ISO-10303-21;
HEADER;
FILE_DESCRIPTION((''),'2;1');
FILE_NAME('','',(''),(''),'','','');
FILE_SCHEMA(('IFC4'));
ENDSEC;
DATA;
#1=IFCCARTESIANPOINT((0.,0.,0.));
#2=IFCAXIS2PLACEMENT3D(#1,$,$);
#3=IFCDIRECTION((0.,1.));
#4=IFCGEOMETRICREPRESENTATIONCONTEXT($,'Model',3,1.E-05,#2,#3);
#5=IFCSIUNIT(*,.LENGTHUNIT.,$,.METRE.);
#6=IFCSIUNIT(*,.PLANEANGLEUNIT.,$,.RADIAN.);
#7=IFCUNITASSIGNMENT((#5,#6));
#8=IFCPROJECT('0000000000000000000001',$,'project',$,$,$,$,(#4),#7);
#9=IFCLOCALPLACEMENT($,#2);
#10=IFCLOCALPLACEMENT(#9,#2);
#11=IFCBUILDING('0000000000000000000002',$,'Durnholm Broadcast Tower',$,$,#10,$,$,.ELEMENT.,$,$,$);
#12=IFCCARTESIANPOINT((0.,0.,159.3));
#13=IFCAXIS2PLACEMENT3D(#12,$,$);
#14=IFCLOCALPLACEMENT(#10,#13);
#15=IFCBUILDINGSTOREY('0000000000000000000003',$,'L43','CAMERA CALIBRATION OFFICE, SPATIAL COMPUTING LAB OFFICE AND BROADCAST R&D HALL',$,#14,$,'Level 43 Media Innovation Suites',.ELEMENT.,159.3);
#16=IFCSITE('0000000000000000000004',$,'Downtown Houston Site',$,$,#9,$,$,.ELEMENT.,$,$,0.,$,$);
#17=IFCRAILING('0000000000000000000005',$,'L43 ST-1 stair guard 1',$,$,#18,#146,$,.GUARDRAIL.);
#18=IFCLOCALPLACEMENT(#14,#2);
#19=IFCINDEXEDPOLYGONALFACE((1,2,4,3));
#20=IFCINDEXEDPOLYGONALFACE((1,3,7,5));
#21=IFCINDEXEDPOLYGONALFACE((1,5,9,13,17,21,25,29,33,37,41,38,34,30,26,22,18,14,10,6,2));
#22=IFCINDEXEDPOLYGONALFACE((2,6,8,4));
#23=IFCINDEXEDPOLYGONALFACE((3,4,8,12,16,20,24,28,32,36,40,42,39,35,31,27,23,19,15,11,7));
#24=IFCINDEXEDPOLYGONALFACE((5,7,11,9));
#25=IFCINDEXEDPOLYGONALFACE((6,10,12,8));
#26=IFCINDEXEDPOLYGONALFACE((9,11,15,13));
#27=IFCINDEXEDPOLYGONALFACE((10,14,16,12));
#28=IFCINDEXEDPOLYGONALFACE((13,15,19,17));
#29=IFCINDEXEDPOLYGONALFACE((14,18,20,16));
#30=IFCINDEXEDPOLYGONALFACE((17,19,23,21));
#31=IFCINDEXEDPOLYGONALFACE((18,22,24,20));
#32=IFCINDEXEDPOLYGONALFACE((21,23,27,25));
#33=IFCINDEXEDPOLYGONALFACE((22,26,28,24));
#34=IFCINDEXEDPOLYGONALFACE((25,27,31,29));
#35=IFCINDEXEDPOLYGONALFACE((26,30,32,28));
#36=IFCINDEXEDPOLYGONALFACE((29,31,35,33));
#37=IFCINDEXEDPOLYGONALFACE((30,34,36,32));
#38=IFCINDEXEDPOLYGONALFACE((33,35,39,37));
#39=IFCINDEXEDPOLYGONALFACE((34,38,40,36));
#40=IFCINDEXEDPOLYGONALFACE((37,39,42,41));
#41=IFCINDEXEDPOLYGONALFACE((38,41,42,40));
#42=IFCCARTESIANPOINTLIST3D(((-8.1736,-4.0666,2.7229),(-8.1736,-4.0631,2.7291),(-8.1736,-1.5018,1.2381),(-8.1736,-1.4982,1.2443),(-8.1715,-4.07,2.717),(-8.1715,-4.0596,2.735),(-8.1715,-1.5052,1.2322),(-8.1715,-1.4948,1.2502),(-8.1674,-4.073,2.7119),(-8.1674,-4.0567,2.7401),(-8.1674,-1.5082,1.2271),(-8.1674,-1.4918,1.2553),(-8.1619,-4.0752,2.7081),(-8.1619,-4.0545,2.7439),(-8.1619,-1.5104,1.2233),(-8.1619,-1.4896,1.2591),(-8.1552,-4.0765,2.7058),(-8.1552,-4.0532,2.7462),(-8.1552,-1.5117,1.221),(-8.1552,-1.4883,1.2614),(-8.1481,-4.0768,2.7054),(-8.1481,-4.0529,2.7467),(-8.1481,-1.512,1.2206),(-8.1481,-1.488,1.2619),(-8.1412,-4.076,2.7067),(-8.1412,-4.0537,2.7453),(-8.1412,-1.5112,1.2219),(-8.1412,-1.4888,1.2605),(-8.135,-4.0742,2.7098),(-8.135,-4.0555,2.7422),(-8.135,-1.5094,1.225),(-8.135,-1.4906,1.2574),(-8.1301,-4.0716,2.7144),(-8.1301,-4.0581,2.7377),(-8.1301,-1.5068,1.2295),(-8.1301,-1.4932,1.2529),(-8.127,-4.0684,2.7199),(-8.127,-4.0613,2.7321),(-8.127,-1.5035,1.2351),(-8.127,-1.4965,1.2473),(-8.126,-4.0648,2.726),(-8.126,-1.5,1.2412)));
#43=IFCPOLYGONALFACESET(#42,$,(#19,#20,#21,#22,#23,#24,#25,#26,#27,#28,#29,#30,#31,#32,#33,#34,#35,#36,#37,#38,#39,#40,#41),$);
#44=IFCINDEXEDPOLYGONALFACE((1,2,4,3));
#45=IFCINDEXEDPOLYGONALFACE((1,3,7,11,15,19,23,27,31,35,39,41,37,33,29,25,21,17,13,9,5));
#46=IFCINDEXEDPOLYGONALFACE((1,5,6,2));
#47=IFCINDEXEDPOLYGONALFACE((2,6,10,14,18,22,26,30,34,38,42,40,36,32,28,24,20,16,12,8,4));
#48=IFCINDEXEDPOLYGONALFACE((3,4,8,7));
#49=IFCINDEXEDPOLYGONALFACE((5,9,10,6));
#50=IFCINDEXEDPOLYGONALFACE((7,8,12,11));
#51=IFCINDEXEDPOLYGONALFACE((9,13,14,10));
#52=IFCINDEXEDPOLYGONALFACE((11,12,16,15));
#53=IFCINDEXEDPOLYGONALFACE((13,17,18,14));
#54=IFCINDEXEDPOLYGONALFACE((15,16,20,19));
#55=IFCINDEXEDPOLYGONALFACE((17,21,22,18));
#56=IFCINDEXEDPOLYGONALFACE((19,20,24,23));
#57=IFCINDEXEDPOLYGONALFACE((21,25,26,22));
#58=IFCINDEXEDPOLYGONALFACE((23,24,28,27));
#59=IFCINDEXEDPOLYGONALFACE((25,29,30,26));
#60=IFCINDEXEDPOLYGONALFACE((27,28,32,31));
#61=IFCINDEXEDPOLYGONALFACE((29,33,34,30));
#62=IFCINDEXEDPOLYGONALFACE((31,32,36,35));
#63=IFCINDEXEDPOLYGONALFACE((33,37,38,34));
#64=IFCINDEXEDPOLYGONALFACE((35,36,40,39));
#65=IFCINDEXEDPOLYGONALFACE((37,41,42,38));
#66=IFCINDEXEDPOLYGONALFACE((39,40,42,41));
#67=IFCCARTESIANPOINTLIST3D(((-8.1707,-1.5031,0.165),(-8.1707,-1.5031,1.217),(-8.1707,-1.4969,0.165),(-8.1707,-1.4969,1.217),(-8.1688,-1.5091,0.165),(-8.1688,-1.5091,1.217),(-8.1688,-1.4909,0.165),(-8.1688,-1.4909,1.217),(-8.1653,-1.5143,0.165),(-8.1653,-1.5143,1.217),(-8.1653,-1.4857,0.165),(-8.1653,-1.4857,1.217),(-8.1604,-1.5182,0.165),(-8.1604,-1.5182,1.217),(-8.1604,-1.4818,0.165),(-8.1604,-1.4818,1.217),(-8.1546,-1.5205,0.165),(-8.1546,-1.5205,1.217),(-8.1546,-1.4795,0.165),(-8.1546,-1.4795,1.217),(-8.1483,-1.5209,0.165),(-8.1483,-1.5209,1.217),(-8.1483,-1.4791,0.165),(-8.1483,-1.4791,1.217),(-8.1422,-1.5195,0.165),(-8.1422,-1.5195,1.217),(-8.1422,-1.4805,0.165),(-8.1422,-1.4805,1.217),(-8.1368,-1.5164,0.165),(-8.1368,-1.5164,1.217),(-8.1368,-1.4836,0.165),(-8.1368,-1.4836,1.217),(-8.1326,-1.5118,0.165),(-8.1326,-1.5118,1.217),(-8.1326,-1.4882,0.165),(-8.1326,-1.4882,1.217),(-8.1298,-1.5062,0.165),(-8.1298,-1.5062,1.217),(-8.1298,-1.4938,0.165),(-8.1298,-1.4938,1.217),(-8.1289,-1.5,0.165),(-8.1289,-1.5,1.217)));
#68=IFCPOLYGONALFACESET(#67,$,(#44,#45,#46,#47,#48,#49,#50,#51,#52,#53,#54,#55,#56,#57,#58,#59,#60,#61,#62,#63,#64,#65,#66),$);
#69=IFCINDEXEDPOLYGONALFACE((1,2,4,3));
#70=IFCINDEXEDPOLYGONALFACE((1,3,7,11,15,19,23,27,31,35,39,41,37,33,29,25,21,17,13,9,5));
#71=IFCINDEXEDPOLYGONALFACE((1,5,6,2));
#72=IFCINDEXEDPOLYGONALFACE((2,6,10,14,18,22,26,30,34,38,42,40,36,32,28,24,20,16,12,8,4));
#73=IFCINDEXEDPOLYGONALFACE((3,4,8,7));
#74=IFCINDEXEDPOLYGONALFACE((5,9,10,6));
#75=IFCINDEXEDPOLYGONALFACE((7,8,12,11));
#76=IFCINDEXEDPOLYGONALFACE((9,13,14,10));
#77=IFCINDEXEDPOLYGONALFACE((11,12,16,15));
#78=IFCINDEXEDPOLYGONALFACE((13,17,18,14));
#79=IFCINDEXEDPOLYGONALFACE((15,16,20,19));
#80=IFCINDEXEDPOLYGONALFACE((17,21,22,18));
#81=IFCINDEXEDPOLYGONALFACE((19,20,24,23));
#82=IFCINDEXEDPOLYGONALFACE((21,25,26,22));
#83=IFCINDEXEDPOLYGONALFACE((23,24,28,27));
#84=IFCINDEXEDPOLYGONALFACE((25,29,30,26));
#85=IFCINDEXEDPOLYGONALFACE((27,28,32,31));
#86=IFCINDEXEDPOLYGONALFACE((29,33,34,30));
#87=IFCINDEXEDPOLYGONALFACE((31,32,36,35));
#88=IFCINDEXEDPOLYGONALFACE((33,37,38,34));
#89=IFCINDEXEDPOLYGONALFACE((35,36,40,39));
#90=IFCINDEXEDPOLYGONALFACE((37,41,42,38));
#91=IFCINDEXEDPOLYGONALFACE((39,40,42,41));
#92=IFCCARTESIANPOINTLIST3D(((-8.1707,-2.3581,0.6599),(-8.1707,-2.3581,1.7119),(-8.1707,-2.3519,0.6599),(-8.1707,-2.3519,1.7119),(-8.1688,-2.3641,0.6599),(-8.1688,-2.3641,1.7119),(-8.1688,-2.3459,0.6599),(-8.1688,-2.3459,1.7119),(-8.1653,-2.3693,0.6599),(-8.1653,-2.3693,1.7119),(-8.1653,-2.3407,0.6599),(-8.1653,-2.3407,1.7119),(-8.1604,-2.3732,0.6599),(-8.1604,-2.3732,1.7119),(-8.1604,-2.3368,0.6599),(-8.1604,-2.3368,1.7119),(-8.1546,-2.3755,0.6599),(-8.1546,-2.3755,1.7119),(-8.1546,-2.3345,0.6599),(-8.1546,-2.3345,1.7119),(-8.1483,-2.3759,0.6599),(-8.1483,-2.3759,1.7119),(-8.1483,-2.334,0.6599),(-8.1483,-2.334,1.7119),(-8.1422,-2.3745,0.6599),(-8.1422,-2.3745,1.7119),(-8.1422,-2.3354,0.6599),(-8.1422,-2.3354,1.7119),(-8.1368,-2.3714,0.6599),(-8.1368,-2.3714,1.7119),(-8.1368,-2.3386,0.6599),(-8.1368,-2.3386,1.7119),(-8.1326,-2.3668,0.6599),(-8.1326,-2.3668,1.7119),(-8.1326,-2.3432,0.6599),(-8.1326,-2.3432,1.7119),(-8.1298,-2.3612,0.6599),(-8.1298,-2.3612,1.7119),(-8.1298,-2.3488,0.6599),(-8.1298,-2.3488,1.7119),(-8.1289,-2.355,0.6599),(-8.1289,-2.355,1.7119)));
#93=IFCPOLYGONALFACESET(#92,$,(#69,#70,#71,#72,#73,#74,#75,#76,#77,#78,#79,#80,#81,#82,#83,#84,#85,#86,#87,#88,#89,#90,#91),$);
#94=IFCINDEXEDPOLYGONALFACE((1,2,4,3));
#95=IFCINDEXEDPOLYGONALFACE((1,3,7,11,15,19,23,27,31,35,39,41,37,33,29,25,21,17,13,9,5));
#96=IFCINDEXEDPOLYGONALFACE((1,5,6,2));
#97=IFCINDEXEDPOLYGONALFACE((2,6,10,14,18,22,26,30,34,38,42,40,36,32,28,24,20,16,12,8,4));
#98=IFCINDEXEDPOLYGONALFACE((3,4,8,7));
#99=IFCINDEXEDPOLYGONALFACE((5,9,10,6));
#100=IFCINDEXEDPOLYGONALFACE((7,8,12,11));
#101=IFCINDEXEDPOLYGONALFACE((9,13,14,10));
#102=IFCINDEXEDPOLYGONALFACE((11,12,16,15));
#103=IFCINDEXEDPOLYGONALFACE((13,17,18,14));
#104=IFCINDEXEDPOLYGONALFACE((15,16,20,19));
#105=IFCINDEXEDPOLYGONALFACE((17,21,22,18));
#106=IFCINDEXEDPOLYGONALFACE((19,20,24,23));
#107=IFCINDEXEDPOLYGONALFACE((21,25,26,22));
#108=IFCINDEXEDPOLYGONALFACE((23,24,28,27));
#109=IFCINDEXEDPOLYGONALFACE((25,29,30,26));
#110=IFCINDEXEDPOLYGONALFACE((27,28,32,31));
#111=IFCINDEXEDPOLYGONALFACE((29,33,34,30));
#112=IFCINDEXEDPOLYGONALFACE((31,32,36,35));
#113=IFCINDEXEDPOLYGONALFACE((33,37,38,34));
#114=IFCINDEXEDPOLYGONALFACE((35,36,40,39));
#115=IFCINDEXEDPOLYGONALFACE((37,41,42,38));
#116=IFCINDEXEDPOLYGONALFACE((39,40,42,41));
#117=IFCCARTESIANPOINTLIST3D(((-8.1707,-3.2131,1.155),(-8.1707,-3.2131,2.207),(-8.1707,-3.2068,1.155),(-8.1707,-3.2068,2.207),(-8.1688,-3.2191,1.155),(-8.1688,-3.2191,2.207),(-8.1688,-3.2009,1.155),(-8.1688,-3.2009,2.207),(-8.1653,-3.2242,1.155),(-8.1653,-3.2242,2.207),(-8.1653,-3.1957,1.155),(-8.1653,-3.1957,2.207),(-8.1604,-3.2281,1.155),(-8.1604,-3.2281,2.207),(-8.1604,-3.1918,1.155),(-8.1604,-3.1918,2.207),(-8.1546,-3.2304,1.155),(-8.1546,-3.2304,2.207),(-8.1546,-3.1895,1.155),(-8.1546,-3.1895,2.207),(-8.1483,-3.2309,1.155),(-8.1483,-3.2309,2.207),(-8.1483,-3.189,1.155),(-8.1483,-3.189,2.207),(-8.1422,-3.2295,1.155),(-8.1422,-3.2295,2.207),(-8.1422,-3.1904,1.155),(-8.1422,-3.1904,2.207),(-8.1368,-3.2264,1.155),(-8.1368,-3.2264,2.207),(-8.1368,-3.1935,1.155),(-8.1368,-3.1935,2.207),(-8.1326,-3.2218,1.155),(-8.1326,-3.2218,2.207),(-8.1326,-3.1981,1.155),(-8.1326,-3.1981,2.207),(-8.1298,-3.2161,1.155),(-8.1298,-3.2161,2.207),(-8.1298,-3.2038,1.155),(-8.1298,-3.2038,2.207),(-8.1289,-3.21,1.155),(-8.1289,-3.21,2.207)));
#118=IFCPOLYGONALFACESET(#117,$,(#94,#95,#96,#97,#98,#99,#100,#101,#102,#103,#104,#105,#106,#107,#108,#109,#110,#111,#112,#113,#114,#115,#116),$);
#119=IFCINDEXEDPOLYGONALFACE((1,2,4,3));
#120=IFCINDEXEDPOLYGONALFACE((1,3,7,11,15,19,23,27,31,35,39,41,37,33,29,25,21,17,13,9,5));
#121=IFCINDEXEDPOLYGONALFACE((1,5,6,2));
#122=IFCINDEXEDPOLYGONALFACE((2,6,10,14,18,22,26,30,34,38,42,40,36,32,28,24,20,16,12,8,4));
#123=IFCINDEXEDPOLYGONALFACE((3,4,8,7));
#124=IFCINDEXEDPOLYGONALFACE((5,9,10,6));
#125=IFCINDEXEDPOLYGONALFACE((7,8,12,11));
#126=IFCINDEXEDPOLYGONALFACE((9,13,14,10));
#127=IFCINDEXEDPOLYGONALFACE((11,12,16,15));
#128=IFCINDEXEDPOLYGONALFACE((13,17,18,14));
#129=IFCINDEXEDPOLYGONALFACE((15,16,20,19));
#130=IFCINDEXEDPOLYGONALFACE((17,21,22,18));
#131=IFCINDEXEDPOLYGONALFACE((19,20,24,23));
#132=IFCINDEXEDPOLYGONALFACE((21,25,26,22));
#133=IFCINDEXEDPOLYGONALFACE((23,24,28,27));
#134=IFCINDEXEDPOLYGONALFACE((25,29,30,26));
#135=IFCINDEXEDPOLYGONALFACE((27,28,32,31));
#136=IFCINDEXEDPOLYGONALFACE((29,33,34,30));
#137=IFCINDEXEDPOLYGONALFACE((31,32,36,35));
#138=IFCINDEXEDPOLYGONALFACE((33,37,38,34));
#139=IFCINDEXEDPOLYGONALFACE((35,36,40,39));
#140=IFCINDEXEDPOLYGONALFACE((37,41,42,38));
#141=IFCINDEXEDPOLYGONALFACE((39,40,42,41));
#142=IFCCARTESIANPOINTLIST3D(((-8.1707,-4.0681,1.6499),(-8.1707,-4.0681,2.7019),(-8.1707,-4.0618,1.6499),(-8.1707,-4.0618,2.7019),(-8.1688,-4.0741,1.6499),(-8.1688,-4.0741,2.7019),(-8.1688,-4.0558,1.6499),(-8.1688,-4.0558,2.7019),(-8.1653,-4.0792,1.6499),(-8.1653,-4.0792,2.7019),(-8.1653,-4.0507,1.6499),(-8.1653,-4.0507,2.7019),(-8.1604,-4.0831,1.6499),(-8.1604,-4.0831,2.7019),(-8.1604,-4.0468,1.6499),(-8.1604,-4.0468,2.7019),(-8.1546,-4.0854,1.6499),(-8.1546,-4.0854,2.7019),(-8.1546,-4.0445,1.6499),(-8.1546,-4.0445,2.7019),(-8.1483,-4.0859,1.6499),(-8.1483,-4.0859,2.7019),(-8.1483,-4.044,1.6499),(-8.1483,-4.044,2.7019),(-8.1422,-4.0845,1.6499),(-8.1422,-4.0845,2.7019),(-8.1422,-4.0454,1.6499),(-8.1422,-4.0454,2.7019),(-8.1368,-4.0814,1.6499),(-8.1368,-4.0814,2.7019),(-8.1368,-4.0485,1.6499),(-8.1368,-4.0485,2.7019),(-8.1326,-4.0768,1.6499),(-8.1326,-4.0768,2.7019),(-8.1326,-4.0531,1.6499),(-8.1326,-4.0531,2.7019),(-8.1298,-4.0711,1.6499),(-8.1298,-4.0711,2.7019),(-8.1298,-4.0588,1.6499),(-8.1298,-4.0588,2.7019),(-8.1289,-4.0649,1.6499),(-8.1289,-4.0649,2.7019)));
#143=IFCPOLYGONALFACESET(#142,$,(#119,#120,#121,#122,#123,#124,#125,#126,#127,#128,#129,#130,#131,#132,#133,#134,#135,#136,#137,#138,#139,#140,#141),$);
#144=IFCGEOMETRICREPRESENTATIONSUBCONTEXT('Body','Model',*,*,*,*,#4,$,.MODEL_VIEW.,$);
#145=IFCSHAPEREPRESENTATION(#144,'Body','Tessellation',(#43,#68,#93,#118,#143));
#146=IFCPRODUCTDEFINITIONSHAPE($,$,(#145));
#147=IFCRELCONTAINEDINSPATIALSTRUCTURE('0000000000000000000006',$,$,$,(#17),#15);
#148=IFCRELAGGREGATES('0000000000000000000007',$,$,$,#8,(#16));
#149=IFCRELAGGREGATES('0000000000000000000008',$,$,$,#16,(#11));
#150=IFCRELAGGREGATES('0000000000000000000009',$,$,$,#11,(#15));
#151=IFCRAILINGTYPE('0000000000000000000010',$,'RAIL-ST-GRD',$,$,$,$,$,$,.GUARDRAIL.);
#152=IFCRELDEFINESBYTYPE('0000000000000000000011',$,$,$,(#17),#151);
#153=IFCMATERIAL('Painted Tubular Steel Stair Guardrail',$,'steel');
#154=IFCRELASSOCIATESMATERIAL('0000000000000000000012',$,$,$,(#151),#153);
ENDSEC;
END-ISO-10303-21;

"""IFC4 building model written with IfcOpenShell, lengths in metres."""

from ifc_helpers import new_model, si_unit, direction, frame, origin, origin_2d, place, context, subcontext, project, spatial, circle, extrude, material, type_object, element, save


model = new_model("IFC4")

# Units and contexts
model_context = context("Model", 3, precision=1e-05, world=origin(), true_north=direction((0.0, 1.0)))
body_context = subcontext(model_context, "Body", "Model", "MODEL_VIEW")
ifc_project = project(units=[si_unit("LENGTHUNIT", "METRE"), si_unit("PLANEANGLEUNIT", "RADIAN")], contexts=[model_context])

# Site, building, storey
site_placement = place(None, origin())
site = spatial("IfcSite", under=ifc_project, at=site_placement, Name="Downtown Houston Site", CompositionType="ELEMENT", RefElevation=0.0)
building_placement = place(site_placement, origin())
building = spatial("IfcBuilding", under=site, at=building_placement, Name="Durnholm Broadcast Tower", CompositionType="ELEMENT")
storey_placement = place(building_placement, frame((0.0, 0.0, 159.3)))
storey = spatial("IfcBuildingStorey", under=building, at=storey_placement, Name="L43", Description="CAMERA CALIBRATION OFFICE, SPATIAL COMPUTING LAB OFFICE AND BROADCAST R&D HALL", LongName="Level 43 Media Innovation Suites", CompositionType="ELEMENT", Elevation=159.3)

# Railing
ifc_material_1 = material(Name="Painted Tubular Steel Stair Guardrail", Category="steel")
railing_type_1 = type_object("IfcRailingType", Name="RAIL-ST-GRD", PredefinedType="GUARDRAIL", material=ifc_material_1)
railing_1_placement = place(storey_placement, frame((-8.1499, -1.5, 0.165)))
element("IfcRailing", 1, at=railing_1_placement, inside=storey, type_object=railing_type_1, Name="L43 ST-1 stair guard 1", PredefinedType="GUARDRAIL", context=body_context, shape_type="SweptSolid", body=[
    extrude(circle(Radius=0.0239, at=origin_2d()), frame((0.0, 0.0, 1.0762), z_axis=(0.0, -0.865441, 0.50101), x_axis=(1.0, 0.0, 0.0)), (0.0, 0.0, 1.0), 2.9636),
    extrude(circle(Radius=0.021, at=origin_2d()), origin(), (0.0, 0.0, 1.0), 1.052),
    extrude(circle(Radius=0.021, at=origin_2d()), frame((0.0, -0.855, 0.4949)), (0.0, 0.0, 1.0), 1.052),
    extrude(circle(Radius=0.021, at=origin_2d()), frame((0.0, -1.71, 0.99)), (0.0, 0.0, 1.0), 1.052),
    extrude(circle(Radius=0.021, at=origin_2d()), frame((0.0, -2.5649, 1.4849)), (0.0, 0.0, 1.0), 1.052),
])

save(model, "model.ifc")
